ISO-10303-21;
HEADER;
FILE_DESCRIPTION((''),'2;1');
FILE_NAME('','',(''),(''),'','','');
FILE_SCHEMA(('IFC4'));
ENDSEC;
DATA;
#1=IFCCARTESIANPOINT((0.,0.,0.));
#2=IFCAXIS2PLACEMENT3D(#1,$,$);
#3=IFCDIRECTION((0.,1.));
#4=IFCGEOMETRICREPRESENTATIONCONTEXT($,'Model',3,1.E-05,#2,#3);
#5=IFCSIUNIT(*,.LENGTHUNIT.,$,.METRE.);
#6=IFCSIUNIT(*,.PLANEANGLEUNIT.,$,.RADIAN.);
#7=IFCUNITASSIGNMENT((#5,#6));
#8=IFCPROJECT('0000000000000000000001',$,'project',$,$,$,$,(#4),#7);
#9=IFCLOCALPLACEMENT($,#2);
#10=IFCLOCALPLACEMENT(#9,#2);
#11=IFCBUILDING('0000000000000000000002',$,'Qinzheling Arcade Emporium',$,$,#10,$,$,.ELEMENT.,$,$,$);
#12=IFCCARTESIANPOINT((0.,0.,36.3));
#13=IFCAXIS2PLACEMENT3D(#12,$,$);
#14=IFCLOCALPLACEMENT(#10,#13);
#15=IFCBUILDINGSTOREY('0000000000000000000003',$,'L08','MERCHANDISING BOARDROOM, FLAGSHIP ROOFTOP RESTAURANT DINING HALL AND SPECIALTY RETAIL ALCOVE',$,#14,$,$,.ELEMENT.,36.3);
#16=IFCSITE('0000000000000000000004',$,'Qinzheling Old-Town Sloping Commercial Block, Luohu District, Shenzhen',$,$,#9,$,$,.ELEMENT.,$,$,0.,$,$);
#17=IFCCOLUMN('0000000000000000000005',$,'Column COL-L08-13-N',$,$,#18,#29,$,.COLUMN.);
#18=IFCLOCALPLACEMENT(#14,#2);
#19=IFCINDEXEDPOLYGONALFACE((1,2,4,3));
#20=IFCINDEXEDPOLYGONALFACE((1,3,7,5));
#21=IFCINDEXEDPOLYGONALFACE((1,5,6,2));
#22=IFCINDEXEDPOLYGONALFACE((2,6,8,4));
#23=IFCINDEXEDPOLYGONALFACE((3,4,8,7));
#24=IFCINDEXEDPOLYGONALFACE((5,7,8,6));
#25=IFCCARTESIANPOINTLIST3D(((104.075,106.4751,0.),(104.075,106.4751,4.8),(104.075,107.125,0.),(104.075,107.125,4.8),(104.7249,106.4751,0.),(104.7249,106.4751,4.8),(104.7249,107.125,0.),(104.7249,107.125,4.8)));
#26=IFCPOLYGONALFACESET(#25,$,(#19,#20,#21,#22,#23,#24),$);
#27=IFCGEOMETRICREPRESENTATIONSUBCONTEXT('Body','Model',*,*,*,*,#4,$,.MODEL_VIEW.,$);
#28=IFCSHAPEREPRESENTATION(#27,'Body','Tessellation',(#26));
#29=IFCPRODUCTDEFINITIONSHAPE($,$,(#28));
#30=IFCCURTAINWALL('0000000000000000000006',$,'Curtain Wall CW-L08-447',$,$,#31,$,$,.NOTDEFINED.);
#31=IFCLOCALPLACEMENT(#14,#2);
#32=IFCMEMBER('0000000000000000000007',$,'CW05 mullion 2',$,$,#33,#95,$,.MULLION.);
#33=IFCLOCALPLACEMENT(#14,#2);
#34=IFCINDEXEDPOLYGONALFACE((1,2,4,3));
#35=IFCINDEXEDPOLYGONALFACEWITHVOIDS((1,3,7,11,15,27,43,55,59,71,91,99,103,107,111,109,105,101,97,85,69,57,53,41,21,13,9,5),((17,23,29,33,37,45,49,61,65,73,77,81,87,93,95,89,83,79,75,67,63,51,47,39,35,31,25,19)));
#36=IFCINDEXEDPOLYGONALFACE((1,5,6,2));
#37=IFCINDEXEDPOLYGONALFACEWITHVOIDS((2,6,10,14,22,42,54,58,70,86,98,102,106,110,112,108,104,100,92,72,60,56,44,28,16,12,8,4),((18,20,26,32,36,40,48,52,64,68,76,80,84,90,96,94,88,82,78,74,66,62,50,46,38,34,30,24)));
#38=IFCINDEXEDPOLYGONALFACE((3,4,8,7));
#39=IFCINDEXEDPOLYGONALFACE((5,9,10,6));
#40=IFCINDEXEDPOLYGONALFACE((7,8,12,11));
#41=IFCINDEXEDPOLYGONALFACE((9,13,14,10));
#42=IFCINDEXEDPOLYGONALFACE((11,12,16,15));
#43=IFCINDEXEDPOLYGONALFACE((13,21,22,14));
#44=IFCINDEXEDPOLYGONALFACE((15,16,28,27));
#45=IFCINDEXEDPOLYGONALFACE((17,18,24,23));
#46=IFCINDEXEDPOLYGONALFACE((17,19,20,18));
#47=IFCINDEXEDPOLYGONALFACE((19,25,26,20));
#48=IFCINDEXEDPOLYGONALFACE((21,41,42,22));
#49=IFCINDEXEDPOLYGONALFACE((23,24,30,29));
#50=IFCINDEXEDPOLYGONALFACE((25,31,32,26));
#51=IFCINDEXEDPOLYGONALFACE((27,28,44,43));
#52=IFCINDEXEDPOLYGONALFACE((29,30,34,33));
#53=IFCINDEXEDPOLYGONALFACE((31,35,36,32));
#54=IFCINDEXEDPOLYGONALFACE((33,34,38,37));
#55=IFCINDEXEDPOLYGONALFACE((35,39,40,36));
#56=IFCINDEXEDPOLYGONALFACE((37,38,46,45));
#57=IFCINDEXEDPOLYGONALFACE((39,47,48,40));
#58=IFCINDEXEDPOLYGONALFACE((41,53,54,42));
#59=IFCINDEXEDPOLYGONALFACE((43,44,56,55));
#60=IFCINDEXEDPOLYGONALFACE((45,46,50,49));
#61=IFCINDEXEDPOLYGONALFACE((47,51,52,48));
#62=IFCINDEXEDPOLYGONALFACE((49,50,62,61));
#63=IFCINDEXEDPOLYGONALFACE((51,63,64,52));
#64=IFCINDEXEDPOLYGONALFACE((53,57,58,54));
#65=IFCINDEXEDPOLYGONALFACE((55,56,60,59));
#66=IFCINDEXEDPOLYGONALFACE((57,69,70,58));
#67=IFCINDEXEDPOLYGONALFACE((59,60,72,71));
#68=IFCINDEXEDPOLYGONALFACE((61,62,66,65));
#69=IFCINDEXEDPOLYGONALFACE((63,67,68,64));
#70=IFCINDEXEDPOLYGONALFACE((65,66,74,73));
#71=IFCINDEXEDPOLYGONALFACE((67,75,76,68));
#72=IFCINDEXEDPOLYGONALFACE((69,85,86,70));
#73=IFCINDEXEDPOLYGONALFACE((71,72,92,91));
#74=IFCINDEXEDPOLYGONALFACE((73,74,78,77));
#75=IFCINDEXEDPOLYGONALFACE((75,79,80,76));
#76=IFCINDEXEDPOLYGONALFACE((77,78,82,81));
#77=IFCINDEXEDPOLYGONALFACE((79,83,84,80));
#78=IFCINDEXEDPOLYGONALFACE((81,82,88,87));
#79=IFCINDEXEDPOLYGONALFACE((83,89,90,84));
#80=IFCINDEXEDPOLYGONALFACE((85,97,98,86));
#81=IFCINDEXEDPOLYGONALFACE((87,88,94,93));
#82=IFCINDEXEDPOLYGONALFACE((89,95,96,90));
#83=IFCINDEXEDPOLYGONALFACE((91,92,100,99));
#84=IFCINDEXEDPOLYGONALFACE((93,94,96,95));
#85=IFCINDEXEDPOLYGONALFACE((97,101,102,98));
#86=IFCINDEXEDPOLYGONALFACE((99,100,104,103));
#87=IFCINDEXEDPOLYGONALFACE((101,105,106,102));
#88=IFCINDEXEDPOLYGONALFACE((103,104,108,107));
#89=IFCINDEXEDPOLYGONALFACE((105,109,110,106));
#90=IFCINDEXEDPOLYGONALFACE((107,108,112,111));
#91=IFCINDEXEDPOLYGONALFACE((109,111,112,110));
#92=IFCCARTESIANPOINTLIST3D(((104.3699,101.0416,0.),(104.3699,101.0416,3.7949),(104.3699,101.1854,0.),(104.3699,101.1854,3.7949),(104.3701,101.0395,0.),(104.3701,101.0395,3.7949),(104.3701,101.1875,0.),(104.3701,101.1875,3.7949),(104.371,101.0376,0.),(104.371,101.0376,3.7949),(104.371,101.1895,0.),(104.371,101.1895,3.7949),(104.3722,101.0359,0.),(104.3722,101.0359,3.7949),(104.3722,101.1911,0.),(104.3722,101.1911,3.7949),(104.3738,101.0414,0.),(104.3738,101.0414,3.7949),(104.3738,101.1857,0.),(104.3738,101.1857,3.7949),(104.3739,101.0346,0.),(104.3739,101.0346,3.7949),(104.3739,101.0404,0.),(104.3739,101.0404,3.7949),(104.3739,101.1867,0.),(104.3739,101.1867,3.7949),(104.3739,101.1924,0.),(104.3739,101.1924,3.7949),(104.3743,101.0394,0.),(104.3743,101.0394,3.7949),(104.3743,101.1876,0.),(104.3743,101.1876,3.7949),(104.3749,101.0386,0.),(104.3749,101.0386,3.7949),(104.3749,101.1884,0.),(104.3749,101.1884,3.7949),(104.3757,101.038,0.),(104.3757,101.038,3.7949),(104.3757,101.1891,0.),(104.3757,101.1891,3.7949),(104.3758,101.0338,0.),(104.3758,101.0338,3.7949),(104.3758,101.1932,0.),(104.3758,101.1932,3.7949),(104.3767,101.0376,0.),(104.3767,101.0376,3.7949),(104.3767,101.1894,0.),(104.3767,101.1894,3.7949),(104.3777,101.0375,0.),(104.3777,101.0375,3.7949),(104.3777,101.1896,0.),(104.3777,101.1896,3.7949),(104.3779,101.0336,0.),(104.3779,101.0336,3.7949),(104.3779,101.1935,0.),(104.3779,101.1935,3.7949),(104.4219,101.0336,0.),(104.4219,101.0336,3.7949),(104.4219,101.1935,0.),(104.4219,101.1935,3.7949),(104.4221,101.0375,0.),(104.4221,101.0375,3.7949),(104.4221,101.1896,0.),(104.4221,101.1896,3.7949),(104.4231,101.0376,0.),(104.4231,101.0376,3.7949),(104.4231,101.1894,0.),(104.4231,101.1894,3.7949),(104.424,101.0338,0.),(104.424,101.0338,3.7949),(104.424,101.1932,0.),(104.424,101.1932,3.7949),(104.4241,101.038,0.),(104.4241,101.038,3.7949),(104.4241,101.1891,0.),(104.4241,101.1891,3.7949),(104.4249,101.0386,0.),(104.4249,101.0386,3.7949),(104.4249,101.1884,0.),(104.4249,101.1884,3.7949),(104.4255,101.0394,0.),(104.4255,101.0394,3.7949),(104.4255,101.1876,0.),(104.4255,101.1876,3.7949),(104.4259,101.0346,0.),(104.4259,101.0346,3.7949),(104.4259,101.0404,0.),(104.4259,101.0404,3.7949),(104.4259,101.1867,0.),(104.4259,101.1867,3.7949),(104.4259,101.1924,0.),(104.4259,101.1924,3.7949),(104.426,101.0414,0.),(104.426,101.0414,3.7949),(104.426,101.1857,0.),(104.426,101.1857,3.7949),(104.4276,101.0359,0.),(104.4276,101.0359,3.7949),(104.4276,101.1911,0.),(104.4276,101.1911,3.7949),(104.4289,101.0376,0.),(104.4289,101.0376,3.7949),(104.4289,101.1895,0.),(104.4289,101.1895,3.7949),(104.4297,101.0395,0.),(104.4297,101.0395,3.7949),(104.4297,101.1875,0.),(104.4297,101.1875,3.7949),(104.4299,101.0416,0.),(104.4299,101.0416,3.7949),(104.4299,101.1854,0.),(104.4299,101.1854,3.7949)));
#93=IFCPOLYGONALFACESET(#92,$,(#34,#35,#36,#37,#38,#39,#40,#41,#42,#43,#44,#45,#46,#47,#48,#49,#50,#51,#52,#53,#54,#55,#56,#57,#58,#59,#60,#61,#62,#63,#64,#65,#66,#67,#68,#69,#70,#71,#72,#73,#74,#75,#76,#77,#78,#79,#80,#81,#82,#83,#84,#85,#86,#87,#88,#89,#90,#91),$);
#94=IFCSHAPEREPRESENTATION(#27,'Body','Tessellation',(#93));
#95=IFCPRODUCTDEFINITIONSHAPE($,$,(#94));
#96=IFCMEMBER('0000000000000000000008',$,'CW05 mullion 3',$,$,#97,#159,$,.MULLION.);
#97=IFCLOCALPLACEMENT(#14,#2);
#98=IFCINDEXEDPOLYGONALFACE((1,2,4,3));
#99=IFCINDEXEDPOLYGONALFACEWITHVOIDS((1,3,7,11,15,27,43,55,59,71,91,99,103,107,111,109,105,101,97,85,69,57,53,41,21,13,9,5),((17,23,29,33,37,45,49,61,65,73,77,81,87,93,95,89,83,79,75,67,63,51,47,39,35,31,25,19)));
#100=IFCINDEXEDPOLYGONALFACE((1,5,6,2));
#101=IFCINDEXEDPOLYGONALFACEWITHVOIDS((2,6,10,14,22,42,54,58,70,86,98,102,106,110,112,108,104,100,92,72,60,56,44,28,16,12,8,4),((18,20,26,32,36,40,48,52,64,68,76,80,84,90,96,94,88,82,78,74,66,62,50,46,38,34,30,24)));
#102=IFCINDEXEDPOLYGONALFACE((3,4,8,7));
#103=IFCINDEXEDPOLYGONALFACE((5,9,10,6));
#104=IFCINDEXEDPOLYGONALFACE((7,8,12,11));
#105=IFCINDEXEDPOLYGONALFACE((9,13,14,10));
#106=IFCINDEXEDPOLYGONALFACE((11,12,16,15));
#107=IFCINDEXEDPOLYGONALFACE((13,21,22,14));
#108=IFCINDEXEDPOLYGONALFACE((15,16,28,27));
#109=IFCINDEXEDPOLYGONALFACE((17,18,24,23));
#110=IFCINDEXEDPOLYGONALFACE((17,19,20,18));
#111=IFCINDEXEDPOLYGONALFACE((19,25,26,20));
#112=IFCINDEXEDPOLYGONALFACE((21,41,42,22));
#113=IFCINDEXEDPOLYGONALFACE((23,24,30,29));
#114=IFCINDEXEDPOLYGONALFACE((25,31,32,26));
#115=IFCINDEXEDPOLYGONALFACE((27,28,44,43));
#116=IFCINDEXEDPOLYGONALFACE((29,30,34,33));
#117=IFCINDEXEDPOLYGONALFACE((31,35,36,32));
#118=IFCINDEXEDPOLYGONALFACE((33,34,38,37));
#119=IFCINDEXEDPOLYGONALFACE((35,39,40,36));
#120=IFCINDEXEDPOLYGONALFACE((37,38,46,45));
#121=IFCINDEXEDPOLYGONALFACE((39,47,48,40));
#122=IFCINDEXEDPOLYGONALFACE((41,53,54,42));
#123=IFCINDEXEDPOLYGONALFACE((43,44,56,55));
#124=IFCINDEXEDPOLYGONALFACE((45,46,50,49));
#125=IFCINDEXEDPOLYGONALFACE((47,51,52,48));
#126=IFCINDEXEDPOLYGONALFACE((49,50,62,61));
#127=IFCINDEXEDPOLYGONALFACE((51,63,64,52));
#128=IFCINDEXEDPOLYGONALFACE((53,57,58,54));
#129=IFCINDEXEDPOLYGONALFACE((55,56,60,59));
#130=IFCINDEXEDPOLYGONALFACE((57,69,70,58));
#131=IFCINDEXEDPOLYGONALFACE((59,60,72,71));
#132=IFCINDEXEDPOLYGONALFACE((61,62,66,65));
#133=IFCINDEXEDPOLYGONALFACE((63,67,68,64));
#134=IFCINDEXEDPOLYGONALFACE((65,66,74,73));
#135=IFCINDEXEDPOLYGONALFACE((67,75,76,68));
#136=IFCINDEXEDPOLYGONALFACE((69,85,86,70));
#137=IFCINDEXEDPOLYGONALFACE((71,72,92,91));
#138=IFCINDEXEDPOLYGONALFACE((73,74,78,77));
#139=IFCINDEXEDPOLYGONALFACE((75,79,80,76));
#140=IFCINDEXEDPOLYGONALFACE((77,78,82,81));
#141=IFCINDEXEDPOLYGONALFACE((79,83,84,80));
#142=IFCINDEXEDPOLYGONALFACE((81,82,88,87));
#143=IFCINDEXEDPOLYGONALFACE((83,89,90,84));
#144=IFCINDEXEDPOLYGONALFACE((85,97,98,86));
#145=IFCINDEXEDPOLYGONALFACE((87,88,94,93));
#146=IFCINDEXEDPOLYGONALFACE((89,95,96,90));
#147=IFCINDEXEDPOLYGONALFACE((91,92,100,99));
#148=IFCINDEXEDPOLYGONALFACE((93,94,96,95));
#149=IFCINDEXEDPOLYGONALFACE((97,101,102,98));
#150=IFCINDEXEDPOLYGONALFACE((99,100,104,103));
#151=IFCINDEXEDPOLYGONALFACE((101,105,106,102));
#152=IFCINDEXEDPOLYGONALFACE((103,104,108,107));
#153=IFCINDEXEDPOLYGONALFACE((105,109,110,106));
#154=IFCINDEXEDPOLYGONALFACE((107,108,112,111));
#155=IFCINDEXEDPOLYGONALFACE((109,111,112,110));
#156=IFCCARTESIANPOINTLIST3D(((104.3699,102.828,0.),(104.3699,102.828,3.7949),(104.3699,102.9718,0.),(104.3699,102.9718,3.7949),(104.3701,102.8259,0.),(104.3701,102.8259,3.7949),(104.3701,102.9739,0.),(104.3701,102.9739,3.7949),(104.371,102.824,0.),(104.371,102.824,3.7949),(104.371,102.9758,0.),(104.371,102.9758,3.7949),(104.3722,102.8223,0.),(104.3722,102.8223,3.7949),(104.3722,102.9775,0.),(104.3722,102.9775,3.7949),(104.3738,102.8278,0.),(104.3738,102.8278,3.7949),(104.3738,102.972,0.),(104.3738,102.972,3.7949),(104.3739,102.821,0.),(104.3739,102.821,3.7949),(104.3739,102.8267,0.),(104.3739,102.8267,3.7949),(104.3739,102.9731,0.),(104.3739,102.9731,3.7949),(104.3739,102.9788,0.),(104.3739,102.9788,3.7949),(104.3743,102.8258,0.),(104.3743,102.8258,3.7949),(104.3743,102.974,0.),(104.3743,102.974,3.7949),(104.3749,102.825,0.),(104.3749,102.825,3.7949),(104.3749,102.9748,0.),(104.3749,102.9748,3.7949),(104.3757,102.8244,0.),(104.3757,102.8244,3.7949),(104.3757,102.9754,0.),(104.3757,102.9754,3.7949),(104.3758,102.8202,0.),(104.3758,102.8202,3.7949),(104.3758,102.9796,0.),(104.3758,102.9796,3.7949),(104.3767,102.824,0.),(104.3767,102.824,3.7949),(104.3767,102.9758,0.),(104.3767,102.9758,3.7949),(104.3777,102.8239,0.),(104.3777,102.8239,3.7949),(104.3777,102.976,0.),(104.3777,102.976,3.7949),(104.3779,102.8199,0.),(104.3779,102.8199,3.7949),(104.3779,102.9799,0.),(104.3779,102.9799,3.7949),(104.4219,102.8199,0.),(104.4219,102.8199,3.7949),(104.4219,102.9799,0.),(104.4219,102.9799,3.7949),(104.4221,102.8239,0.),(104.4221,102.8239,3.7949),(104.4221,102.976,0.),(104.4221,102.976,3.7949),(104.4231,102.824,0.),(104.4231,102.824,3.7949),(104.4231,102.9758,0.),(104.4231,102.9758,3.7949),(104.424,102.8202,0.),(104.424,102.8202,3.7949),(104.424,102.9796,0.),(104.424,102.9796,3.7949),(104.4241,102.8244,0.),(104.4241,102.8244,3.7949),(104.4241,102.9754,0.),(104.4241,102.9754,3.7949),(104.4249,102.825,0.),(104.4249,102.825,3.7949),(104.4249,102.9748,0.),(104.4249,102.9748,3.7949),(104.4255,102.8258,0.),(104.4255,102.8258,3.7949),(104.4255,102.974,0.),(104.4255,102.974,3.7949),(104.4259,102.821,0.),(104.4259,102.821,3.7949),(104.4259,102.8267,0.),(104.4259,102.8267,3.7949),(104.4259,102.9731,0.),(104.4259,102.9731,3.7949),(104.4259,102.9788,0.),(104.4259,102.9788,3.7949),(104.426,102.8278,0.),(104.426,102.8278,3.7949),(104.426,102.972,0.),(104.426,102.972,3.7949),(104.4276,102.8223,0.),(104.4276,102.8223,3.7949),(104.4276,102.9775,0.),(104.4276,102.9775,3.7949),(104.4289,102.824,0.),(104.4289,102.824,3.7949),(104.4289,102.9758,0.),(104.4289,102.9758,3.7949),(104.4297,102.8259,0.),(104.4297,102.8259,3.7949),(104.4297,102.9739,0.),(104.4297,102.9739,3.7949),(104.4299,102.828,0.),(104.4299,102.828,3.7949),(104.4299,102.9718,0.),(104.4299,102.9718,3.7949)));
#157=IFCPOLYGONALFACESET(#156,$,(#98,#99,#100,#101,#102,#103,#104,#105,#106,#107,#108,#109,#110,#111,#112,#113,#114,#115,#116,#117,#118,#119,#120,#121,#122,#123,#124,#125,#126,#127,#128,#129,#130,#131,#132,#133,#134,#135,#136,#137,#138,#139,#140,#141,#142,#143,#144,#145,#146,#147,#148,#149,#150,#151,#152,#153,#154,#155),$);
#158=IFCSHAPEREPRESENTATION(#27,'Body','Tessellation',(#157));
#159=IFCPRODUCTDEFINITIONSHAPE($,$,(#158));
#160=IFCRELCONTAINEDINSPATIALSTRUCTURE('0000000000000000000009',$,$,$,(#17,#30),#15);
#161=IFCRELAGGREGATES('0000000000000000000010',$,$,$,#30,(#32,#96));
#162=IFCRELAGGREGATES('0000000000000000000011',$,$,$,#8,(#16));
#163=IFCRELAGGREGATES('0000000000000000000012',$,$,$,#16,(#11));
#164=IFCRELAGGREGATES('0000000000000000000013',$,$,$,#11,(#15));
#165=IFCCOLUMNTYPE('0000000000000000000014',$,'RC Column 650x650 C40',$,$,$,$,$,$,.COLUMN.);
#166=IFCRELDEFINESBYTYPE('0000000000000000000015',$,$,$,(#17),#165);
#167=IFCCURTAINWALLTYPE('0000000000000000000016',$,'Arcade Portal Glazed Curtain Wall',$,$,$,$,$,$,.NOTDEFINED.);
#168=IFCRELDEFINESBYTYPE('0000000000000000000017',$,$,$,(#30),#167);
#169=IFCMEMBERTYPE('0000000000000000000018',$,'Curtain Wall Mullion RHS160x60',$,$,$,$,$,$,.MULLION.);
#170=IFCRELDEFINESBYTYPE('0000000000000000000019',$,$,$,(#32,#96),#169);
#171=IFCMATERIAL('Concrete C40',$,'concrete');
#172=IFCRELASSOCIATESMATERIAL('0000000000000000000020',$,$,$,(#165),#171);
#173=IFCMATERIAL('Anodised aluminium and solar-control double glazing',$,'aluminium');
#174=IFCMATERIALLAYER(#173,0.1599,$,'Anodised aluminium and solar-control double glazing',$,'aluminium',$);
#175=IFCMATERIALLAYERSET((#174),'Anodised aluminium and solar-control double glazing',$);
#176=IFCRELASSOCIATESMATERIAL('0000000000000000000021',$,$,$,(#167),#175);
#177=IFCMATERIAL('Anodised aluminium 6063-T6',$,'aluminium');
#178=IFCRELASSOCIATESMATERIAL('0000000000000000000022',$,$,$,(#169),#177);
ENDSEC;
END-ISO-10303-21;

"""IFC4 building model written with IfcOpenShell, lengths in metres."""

from ifc_helpers import new_model, si_unit, direction, frame, origin, origin_2d, place, context, subcontext, project, spatial, rectangle, hollow_rectangle, extrude, material, layer, layer_set, material_profile, profile_set, type_object, element, aggregate, save


model = new_model("IFC4")

# Units and contexts
model_context = context("Model", 3, precision=1e-05, world=origin(), true_north=direction((0.0, 1.0)))
body_context = subcontext(model_context, "Body", "Model", "MODEL_VIEW")
ifc_project = project(units=[si_unit("LENGTHUNIT", "METRE"), si_unit("PLANEANGLEUNIT", "RADIAN")], contexts=[model_context])

# Site, building, storey
site_placement = place(None, origin())
site = spatial("IfcSite", under=ifc_project, at=site_placement, Name="Qinzheling Old-Town Sloping Commercial Block, Luohu District, Shenzhen", CompositionType="ELEMENT", RefElevation=0.0)
building_placement = place(site_placement, origin())
building = spatial("IfcBuilding", under=site, at=building_placement, Name="Qinzheling Arcade Emporium", CompositionType="ELEMENT")
storey_placement = place(building_placement, frame((0.0, 0.0, 36.3)))
storey = spatial("IfcBuildingStorey", under=building, at=storey_placement, Name="L08", Description="MERCHANDISING BOARDROOM, FLAGSHIP ROOFTOP RESTAURANT DINING HALL AND SPECIALTY RETAIL ALCOVE", CompositionType="ELEMENT", Elevation=36.3)

# Column
ifc_material_1 = material(Name="Concrete C40", Category="concrete")
ifc_material_profile_1 = material_profile(ifc_material_1, rectangle(XDim=0.6499, YDim=0.6499, at=origin_2d()), Name="RC 650x650", Category="concrete")
ifc_profile_set_1 = profile_set([ifc_material_profile_1], Name="Concrete C40")
column_type = type_object("IfcColumnType", Name="RC Column 650x650 C40", PredefinedType="COLUMN", material=ifc_profile_set_1)
column_placement = place(storey_placement, frame((104.3999, 106.8, 0.0), z_axis=(0.0, 0.0, 1.0), x_axis=(1.0, 0.0, 0.0)))
element("IfcColumn", 1, at=column_placement, inside=storey, type_object=column_type, Name="Column COL-L08-13-N", PredefinedType="COLUMN", context=body_context, shape_type="SweptSolid", body=[
    extrude(rectangle(XDim=0.6499, YDim=0.6499, at=origin_2d()), origin(), (0.0, 0.0, 1.0), 4.8),
])

# Curtain wall, members
ifc_material_2 = material(Name="Anodised aluminium and solar-control double glazing", Category="aluminium")
ifc_layer_1 = layer(ifc_material_2, 0.1599, Name="Anodised aluminium and solar-control double glazing", Category="aluminium")
ifc_layer_set_1 = layer_set([ifc_layer_1], Name="Anodised aluminium and solar-control double glazing")
curtain_wall_type = type_object("IfcCurtainWallType", Name="Arcade Portal Glazed Curtain Wall", PredefinedType="NOTDEFINED", material=ifc_layer_set_1)
curtain_wall_placement = place(storey_placement, origin())
curtain_wall = element("IfcCurtainWall", 2, at=curtain_wall_placement, inside=storey, type_object=curtain_wall_type, Name="Curtain Wall CW-L08-447", PredefinedType="NOTDEFINED")
ifc_material_3 = material(Name="Anodised aluminium 6063-T6", Category="aluminium")
ifc_material_profile_2 = material_profile(ifc_material_3, hollow_rectangle(XDim=0.0601, YDim=0.1599, WallThickness=0.0039, InnerFilletRadius=0.0039, OuterFilletRadius=0.0081, at=origin_2d()), Name="RHS 160x60x4", Category="aluminium")
ifc_profile_set_2 = profile_set([ifc_material_profile_2], Name="Anodised aluminium 6063-T6")
member_type_1 = type_object("IfcMemberType", Name="Curtain Wall Mullion RHS160x60", PredefinedType="MULLION", material=ifc_profile_set_2)
member_1_placement = place(storey_placement, frame((104.3999, 101.1135, 0.0), z_axis=(0.0, 0.0, 1.0), x_axis=(-1.0, 0.0, 0.0)))
member_1 = element("IfcMember", 3, at=member_1_placement, type_object=member_type_1, Name="CW05 mullion 2", PredefinedType="MULLION", context=body_context, shape_type="SweptSolid", body=[
    extrude(hollow_rectangle(XDim=0.0601, YDim=0.1599, WallThickness=0.0039, InnerFilletRadius=0.0039, OuterFilletRadius=0.0081, at=origin_2d()), origin(), (0.0, 0.0, 1.0), 3.7949),
])
member_2_placement = place(storey_placement, frame((104.3999, 102.8999, 0.0), z_axis=(0.0, 0.0, 1.0), x_axis=(-1.0, 0.0, 0.0)))
member_2 = element("IfcMember", 4, at=member_2_placement, type_object=member_type_1, Name="CW05 mullion 3", PredefinedType="MULLION", context=body_context, shape_type="SweptSolid", body=[
    extrude(hollow_rectangle(XDim=0.0601, YDim=0.1599, WallThickness=0.0039, InnerFilletRadius=0.0039, OuterFilletRadius=0.0081, at=origin_2d()), origin(), (0.0, 0.0, 1.0), 3.7949),
])

aggregate(curtain_wall, [member_1, member_2])

save(model, "model.ifc")
